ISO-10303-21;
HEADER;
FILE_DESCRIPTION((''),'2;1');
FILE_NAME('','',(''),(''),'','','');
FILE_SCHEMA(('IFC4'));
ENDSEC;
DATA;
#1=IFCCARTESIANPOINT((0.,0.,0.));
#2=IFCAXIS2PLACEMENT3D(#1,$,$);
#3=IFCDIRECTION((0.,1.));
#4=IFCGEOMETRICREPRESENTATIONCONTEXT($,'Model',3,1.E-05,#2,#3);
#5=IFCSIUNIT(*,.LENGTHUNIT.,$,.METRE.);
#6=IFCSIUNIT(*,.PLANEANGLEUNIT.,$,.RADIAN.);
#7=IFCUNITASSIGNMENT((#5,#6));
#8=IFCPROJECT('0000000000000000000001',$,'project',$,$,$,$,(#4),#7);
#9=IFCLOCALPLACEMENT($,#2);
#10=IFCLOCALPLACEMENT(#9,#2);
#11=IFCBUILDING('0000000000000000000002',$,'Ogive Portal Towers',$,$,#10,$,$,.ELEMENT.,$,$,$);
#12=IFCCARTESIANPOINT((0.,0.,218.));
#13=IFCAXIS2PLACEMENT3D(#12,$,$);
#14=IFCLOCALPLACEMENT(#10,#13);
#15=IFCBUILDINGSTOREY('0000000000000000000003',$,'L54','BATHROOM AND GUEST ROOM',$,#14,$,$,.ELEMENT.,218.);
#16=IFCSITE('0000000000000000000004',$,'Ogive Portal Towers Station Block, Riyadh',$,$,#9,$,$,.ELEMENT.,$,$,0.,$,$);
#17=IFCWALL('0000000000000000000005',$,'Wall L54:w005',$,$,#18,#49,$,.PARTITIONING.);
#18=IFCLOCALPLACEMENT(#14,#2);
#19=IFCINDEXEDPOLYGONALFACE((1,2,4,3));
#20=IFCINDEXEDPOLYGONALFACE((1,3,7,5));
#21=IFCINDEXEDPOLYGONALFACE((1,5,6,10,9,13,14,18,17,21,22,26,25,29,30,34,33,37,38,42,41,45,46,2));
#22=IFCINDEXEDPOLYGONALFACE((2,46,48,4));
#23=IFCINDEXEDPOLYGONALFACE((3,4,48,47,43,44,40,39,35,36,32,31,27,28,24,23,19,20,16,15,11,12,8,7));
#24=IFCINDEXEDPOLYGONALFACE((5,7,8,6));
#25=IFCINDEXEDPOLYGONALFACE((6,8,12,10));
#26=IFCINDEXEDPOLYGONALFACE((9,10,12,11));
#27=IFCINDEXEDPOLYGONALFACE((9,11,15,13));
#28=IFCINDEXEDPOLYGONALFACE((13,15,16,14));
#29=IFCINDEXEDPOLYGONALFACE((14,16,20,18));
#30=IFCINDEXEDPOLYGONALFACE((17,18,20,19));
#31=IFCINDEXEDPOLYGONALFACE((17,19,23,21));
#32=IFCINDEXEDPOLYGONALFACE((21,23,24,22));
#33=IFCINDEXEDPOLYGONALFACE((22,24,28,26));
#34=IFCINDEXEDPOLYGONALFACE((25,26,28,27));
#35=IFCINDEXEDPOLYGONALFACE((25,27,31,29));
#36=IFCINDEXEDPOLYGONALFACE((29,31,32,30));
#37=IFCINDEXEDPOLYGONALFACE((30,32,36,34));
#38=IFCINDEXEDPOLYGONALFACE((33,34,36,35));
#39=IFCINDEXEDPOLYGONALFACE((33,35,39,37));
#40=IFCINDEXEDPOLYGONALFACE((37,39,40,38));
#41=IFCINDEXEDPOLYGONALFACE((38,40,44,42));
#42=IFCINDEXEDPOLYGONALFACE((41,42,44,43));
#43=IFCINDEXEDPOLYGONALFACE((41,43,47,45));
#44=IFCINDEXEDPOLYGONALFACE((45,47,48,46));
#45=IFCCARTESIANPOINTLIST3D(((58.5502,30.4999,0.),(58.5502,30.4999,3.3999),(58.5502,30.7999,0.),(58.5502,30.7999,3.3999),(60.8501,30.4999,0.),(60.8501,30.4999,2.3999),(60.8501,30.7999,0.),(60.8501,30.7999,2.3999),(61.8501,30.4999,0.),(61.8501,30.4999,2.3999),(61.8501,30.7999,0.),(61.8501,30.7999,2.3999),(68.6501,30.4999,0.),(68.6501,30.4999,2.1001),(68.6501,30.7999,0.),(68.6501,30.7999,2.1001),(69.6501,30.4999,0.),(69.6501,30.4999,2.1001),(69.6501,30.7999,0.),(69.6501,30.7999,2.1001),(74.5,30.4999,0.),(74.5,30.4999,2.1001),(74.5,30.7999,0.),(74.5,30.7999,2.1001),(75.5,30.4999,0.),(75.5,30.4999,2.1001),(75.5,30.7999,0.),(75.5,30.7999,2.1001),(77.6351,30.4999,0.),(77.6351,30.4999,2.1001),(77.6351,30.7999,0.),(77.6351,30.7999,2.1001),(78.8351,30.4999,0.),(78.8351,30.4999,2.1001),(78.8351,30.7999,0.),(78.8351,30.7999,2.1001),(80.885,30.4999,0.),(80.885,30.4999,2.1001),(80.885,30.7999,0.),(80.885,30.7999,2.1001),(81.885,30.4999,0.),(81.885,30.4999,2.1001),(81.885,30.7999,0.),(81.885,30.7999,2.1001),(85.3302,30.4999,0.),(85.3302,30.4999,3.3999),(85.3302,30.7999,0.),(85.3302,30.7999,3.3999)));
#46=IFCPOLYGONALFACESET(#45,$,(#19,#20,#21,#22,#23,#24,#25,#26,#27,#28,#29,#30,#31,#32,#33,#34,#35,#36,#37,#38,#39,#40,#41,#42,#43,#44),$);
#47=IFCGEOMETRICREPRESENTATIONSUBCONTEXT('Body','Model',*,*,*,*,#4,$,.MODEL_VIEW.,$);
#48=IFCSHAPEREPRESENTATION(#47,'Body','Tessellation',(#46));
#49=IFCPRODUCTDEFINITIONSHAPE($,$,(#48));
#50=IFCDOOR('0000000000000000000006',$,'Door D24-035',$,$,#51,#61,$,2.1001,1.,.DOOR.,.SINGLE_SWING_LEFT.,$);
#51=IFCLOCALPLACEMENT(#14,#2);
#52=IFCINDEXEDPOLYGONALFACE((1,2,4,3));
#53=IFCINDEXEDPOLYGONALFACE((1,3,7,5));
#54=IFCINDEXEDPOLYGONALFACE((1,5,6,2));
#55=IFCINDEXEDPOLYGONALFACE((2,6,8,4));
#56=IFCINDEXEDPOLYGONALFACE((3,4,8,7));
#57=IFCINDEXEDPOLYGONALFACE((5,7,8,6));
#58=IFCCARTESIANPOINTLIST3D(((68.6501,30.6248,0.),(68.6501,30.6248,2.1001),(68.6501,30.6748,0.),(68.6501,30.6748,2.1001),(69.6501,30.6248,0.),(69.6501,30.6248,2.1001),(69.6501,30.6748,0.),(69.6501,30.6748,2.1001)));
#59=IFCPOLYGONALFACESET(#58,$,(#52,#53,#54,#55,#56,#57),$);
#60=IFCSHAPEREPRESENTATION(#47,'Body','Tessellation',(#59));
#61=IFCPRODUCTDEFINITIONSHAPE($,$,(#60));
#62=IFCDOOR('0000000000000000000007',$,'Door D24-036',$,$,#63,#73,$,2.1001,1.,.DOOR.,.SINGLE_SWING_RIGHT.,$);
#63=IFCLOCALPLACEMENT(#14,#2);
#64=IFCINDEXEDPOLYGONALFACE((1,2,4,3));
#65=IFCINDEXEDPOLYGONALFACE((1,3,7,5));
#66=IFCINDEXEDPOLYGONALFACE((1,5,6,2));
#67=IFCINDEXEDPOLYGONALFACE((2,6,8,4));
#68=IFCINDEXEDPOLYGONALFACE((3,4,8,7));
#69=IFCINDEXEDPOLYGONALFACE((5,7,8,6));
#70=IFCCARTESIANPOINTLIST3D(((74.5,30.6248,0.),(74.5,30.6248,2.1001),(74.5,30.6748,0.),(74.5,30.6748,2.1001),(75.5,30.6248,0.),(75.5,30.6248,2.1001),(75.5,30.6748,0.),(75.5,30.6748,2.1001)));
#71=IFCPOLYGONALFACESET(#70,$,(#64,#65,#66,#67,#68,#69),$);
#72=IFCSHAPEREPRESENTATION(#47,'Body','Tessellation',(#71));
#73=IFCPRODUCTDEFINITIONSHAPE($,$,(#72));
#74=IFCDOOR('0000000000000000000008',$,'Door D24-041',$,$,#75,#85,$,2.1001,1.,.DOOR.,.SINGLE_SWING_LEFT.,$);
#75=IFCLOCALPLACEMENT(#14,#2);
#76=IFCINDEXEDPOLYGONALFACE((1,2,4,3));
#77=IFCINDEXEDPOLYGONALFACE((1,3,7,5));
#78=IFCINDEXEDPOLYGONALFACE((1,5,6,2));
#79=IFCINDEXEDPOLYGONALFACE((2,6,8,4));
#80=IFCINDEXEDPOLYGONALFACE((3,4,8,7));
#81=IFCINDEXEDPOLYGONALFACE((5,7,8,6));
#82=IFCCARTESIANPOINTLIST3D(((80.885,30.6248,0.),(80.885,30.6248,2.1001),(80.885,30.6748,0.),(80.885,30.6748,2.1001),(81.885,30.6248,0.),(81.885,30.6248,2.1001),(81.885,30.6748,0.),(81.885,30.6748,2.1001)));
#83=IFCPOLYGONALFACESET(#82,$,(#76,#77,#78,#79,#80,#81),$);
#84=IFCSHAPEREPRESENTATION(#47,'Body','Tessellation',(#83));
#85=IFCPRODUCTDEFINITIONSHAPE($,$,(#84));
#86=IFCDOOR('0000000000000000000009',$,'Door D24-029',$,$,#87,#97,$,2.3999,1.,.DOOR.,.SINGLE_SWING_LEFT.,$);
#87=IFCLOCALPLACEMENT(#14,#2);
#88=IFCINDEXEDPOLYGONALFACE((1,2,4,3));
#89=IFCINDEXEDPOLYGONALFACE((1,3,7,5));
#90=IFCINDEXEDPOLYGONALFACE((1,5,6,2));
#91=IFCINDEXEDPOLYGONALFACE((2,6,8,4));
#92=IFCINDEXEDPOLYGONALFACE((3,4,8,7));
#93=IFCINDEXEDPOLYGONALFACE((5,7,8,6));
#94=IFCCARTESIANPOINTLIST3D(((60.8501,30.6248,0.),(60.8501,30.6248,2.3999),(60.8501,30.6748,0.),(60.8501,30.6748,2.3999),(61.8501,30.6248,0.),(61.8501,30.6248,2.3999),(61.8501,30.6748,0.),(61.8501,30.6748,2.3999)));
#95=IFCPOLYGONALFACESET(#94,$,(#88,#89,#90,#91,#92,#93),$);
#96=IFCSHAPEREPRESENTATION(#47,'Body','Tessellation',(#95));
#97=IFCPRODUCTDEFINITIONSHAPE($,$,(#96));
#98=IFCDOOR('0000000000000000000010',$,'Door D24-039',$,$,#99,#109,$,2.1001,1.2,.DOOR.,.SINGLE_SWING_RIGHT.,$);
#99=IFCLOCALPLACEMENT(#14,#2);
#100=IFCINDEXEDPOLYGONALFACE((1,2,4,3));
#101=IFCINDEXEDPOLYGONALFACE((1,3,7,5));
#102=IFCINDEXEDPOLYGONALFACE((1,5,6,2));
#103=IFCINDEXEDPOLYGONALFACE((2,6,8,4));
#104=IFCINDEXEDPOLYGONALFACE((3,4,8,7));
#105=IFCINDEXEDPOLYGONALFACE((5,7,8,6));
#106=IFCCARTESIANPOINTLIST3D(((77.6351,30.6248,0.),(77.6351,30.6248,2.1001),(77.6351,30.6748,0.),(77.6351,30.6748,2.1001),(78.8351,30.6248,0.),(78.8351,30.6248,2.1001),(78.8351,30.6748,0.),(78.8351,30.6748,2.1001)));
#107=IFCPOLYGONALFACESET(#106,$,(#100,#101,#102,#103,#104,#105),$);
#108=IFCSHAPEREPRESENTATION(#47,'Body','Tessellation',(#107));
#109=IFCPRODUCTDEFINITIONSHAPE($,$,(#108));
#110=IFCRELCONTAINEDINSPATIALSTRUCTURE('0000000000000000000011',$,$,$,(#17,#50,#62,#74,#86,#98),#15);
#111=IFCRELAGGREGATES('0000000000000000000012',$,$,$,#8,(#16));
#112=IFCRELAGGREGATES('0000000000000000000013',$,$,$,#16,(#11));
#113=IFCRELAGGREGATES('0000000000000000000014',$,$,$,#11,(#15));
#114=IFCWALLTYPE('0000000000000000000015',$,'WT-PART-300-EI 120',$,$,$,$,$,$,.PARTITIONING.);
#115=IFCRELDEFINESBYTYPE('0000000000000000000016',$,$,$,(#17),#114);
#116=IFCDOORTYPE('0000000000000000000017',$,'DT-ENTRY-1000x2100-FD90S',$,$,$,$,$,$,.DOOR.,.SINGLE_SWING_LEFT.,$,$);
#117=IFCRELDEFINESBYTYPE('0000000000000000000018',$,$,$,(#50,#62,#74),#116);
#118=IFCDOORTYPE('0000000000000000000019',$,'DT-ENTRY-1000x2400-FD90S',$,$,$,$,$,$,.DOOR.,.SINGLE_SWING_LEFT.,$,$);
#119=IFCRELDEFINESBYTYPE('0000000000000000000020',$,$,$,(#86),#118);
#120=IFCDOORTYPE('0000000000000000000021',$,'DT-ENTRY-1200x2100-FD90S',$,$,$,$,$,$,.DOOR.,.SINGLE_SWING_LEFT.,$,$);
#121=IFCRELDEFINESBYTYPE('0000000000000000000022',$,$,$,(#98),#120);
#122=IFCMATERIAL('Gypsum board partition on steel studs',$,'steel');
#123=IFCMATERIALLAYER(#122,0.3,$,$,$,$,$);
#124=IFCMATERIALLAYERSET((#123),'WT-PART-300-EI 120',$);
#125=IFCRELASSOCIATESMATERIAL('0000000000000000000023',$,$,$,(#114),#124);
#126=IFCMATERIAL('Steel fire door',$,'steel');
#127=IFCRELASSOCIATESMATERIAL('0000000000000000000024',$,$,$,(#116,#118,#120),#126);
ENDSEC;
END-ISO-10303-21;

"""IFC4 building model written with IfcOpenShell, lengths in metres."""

from ifc_helpers import new_model, si_unit, direction, frame, frame_2d, origin, place, context, subcontext, project, spatial, rectangle, extrude, material, layer, layer_set, type_object, element, fill, save


model = new_model("IFC4")

# Units and contexts
model_context = context("Model", 3, precision=1e-05, world=origin(), true_north=direction((0.0, 1.0)))
body_context = subcontext(model_context, "Body", "Model", "MODEL_VIEW")
ifc_project = project(units=[si_unit("LENGTHUNIT", "METRE"), si_unit("PLANEANGLEUNIT", "RADIAN")], contexts=[model_context])

# Site, building, storey
site_placement = place(None, origin())
site = spatial("IfcSite", under=ifc_project, at=site_placement, Name="Ogive Portal Towers Station Block, Riyadh", CompositionType="ELEMENT", RefElevation=0.0)
building_placement = place(site_placement, origin())
building = spatial("IfcBuilding", under=site, at=building_placement, Name="Ogive Portal Towers", CompositionType="ELEMENT")
storey_placement = place(building_placement, frame((0.0, 0.0, 218.0)))
storey = spatial("IfcBuildingStorey", under=building, at=storey_placement, Name="L54", Description="BATHROOM AND GUEST ROOM", CompositionType="ELEMENT", Elevation=218.0)

# Wall, openings, doors
ifc_material_1 = material(Name="Gypsum board partition on steel studs", Category="steel")
ifc_layer_1 = layer(ifc_material_1, 0.3)
ifc_layer_set_1 = layer_set([ifc_layer_1], Name="WT-PART-300-EI 120")
wall_type_1 = type_object("IfcWallType", Name="WT-PART-300-EI 120", PredefinedType="PARTITIONING", material=ifc_layer_set_1)
wall_1_placement = place(storey_placement, frame((58.55, 30.6499, 0.0), z_axis=(0.0, 0.0, 1.0), x_axis=(1.0, 0.0, 0.0)))
wall_1 = element("IfcWall", 1, at=wall_1_placement, inside=storey, type_object=wall_type_1, Name="Wall L54:w005", PredefinedType="PARTITIONING", context=body_context, shape_type="SweptSolid", body=[
    extrude(rectangle(XDim=26.78, YDim=0.3, at=frame_2d((13.3901, 0.0))), origin(), (0.0, 0.0, 1.0), 3.3999),
])
opening_1_placement = place(wall_1_placement, frame((2.3, 0.0, 0.0)))
opening_1 = element("IfcOpeningElement", 2, at=opening_1_placement, cuts=wall_1, PredefinedType="OPENING", context=body_context, shape_type="SweptSolid", body=[
    extrude(rectangle(XDim=1.0, YDim=2.3999, at=frame_2d((0.5, 1.2))), frame((0.0, 0.1602, 0.0), z_axis=(0.0, -1.0, 0.0), x_axis=(1.0, 0.0, 0.0)), (0.0, 0.0, 1.0), 0.3201),
])
opening_2_placement = place(wall_1_placement, frame((10.1001, 0.0, 0.0)))
opening_2 = element("IfcOpeningElement", 3, at=opening_2_placement, cuts=wall_1, PredefinedType="OPENING", context=body_context, shape_type="SweptSolid", body=[
    extrude(rectangle(XDim=1.0, YDim=2.1001, at=frame_2d((0.5, 1.05))), frame((0.0, 0.1602, 0.0), z_axis=(0.0, -1.0, 0.0), x_axis=(1.0, 0.0, 0.0)), (0.0, 0.0, 1.0), 0.3201),
])
opening_3_placement = place(wall_1_placement, frame((15.95, 0.0, 0.0)))
opening_3 = element("IfcOpeningElement", 4, at=opening_3_placement, cuts=wall_1, PredefinedType="OPENING", context=body_context, shape_type="SweptSolid", body=[
    extrude(rectangle(XDim=1.0, YDim=2.1001, at=frame_2d((0.5, 1.05))), frame((0.0, 0.1602, 0.0), z_axis=(0.0, -1.0, 0.0), x_axis=(1.0, 0.0, 0.0)), (0.0, 0.0, 1.0), 0.3201),
])
opening_4_placement = place(wall_1_placement, frame((19.085, 0.0, 0.0)))
opening_4 = element("IfcOpeningElement", 5, at=opening_4_placement, cuts=wall_1, PredefinedType="OPENING", context=body_context, shape_type="SweptSolid", body=[
    extrude(rectangle(XDim=1.2, YDim=2.1001, at=frame_2d((0.6001, 1.05))), frame((0.0, 0.1602, 0.0), z_axis=(0.0, -1.0, 0.0), x_axis=(1.0, 0.0, 0.0)), (0.0, 0.0, 1.0), 0.3201),
])
opening_5_placement = place(wall_1_placement, frame((22.335, 0.0, 0.0)))
opening_5 = element("IfcOpeningElement", 6, at=opening_5_placement, cuts=wall_1, PredefinedType="OPENING", context=body_context, shape_type="SweptSolid", body=[
    extrude(rectangle(XDim=1.0, YDim=2.1001, at=frame_2d((0.5, 1.05))), frame((0.0, 0.1602, 0.0), z_axis=(0.0, -1.0, 0.0), x_axis=(1.0, 0.0, 0.0)), (0.0, 0.0, 1.0), 0.3201),
])
ifc_material_2 = material(Name="Steel fire door", Category="steel")
door_type_1 = type_object("IfcDoorType", Name="DT-ENTRY-1000x2100-FD90S", OperationType="SINGLE_SWING_LEFT", PredefinedType="DOOR", material=ifc_material_2)
door_1_placement = place(opening_2_placement, origin())
door_1 = element("IfcDoor", 7, at=door_1_placement, inside=storey, type_object=door_type_1, Name="Door D24-035", OperationType="SINGLE_SWING_LEFT", OverallHeight=2.1001, OverallWidth=1.0, PredefinedType="DOOR", context=body_context, shape_type="SweptSolid", body=[
    extrude(rectangle(XDim=1.0, YDim=2.1001, at=frame_2d((0.5, 1.05))), frame((0.0, 0.0249, 0.0), z_axis=(0.0, -1.0, 0.0), x_axis=(1.0, 0.0, 0.0)), (0.0, 0.0, 1.0), 0.05),
])
fill(opening_2, door_1)
door_2_placement = place(opening_3_placement, origin())
door_2 = element("IfcDoor", 8, at=door_2_placement, inside=storey, type_object=door_type_1, Name="Door D24-036", OperationType="SINGLE_SWING_RIGHT", OverallHeight=2.1001, OverallWidth=1.0, PredefinedType="DOOR", context=body_context, shape_type="SweptSolid", body=[
    extrude(rectangle(XDim=1.0, YDim=2.1001, at=frame_2d((0.5, 1.05))), frame((0.0, 0.0249, 0.0), z_axis=(0.0, -1.0, 0.0), x_axis=(1.0, 0.0, 0.0)), (0.0, 0.0, 1.0), 0.05),
])
fill(opening_3, door_2)
door_3_placement = place(opening_5_placement, origin())
door_3 = element("IfcDoor", 9, at=door_3_placement, inside=storey, type_object=door_type_1, Name="Door D24-041", OperationType="SINGLE_SWING_LEFT", OverallHeight=2.1001, OverallWidth=1.0, PredefinedType="DOOR", context=body_context, shape_type="SweptSolid", body=[
    extrude(rectangle(XDim=1.0, YDim=2.1001, at=frame_2d((0.5, 1.05))), frame((0.0, 0.0249, 0.0), z_axis=(0.0, -1.0, 0.0), x_axis=(1.0, 0.0, 0.0)), (0.0, 0.0, 1.0), 0.05),
])
fill(opening_5, door_3)
door_type_2 = type_object("IfcDoorType", Name="DT-ENTRY-1000x2400-FD90S", OperationType="SINGLE_SWING_LEFT", PredefinedType="DOOR", material=ifc_material_2)
door_4_placement = place(opening_1_placement, origin())
door_4 = element("IfcDoor", 10, at=door_4_placement, inside=storey, type_object=door_type_2, Name="Door D24-029", OperationType="SINGLE_SWING_LEFT", OverallHeight=2.3999, OverallWidth=1.0, PredefinedType="DOOR", context=body_context, shape_type="SweptSolid", body=[
    extrude(rectangle(XDim=1.0, YDim=2.3999, at=frame_2d((0.5, 1.2))), frame((0.0, 0.0249, 0.0), z_axis=(0.0, -1.0, 0.0), x_axis=(1.0, 0.0, 0.0)), (0.0, 0.0, 1.0), 0.05),
])
fill(opening_1, door_4)
door_type_3 = type_object("IfcDoorType", Name="DT-ENTRY-1200x2100-FD90S", OperationType="SINGLE_SWING_LEFT", PredefinedType="DOOR", material=ifc_material_2)
door_5_placement = place(opening_4_placement, origin())
door_5 = element("IfcDoor", 11, at=door_5_placement, inside=storey, type_object=door_type_3, Name="Door D24-039", OperationType="SINGLE_SWING_RIGHT", OverallHeight=2.1001, OverallWidth=1.2, PredefinedType="DOOR", context=body_context, shape_type="SweptSolid", body=[
    extrude(rectangle(XDim=1.2, YDim=2.1001, at=frame_2d((0.6001, 1.05))), frame((0.0, 0.0249, 0.0), z_axis=(0.0, -1.0, 0.0), x_axis=(1.0, 0.0, 0.0)), (0.0, 0.0, 1.0), 0.05),
])
fill(opening_4, door_5)

save(model, "model.ifc")
